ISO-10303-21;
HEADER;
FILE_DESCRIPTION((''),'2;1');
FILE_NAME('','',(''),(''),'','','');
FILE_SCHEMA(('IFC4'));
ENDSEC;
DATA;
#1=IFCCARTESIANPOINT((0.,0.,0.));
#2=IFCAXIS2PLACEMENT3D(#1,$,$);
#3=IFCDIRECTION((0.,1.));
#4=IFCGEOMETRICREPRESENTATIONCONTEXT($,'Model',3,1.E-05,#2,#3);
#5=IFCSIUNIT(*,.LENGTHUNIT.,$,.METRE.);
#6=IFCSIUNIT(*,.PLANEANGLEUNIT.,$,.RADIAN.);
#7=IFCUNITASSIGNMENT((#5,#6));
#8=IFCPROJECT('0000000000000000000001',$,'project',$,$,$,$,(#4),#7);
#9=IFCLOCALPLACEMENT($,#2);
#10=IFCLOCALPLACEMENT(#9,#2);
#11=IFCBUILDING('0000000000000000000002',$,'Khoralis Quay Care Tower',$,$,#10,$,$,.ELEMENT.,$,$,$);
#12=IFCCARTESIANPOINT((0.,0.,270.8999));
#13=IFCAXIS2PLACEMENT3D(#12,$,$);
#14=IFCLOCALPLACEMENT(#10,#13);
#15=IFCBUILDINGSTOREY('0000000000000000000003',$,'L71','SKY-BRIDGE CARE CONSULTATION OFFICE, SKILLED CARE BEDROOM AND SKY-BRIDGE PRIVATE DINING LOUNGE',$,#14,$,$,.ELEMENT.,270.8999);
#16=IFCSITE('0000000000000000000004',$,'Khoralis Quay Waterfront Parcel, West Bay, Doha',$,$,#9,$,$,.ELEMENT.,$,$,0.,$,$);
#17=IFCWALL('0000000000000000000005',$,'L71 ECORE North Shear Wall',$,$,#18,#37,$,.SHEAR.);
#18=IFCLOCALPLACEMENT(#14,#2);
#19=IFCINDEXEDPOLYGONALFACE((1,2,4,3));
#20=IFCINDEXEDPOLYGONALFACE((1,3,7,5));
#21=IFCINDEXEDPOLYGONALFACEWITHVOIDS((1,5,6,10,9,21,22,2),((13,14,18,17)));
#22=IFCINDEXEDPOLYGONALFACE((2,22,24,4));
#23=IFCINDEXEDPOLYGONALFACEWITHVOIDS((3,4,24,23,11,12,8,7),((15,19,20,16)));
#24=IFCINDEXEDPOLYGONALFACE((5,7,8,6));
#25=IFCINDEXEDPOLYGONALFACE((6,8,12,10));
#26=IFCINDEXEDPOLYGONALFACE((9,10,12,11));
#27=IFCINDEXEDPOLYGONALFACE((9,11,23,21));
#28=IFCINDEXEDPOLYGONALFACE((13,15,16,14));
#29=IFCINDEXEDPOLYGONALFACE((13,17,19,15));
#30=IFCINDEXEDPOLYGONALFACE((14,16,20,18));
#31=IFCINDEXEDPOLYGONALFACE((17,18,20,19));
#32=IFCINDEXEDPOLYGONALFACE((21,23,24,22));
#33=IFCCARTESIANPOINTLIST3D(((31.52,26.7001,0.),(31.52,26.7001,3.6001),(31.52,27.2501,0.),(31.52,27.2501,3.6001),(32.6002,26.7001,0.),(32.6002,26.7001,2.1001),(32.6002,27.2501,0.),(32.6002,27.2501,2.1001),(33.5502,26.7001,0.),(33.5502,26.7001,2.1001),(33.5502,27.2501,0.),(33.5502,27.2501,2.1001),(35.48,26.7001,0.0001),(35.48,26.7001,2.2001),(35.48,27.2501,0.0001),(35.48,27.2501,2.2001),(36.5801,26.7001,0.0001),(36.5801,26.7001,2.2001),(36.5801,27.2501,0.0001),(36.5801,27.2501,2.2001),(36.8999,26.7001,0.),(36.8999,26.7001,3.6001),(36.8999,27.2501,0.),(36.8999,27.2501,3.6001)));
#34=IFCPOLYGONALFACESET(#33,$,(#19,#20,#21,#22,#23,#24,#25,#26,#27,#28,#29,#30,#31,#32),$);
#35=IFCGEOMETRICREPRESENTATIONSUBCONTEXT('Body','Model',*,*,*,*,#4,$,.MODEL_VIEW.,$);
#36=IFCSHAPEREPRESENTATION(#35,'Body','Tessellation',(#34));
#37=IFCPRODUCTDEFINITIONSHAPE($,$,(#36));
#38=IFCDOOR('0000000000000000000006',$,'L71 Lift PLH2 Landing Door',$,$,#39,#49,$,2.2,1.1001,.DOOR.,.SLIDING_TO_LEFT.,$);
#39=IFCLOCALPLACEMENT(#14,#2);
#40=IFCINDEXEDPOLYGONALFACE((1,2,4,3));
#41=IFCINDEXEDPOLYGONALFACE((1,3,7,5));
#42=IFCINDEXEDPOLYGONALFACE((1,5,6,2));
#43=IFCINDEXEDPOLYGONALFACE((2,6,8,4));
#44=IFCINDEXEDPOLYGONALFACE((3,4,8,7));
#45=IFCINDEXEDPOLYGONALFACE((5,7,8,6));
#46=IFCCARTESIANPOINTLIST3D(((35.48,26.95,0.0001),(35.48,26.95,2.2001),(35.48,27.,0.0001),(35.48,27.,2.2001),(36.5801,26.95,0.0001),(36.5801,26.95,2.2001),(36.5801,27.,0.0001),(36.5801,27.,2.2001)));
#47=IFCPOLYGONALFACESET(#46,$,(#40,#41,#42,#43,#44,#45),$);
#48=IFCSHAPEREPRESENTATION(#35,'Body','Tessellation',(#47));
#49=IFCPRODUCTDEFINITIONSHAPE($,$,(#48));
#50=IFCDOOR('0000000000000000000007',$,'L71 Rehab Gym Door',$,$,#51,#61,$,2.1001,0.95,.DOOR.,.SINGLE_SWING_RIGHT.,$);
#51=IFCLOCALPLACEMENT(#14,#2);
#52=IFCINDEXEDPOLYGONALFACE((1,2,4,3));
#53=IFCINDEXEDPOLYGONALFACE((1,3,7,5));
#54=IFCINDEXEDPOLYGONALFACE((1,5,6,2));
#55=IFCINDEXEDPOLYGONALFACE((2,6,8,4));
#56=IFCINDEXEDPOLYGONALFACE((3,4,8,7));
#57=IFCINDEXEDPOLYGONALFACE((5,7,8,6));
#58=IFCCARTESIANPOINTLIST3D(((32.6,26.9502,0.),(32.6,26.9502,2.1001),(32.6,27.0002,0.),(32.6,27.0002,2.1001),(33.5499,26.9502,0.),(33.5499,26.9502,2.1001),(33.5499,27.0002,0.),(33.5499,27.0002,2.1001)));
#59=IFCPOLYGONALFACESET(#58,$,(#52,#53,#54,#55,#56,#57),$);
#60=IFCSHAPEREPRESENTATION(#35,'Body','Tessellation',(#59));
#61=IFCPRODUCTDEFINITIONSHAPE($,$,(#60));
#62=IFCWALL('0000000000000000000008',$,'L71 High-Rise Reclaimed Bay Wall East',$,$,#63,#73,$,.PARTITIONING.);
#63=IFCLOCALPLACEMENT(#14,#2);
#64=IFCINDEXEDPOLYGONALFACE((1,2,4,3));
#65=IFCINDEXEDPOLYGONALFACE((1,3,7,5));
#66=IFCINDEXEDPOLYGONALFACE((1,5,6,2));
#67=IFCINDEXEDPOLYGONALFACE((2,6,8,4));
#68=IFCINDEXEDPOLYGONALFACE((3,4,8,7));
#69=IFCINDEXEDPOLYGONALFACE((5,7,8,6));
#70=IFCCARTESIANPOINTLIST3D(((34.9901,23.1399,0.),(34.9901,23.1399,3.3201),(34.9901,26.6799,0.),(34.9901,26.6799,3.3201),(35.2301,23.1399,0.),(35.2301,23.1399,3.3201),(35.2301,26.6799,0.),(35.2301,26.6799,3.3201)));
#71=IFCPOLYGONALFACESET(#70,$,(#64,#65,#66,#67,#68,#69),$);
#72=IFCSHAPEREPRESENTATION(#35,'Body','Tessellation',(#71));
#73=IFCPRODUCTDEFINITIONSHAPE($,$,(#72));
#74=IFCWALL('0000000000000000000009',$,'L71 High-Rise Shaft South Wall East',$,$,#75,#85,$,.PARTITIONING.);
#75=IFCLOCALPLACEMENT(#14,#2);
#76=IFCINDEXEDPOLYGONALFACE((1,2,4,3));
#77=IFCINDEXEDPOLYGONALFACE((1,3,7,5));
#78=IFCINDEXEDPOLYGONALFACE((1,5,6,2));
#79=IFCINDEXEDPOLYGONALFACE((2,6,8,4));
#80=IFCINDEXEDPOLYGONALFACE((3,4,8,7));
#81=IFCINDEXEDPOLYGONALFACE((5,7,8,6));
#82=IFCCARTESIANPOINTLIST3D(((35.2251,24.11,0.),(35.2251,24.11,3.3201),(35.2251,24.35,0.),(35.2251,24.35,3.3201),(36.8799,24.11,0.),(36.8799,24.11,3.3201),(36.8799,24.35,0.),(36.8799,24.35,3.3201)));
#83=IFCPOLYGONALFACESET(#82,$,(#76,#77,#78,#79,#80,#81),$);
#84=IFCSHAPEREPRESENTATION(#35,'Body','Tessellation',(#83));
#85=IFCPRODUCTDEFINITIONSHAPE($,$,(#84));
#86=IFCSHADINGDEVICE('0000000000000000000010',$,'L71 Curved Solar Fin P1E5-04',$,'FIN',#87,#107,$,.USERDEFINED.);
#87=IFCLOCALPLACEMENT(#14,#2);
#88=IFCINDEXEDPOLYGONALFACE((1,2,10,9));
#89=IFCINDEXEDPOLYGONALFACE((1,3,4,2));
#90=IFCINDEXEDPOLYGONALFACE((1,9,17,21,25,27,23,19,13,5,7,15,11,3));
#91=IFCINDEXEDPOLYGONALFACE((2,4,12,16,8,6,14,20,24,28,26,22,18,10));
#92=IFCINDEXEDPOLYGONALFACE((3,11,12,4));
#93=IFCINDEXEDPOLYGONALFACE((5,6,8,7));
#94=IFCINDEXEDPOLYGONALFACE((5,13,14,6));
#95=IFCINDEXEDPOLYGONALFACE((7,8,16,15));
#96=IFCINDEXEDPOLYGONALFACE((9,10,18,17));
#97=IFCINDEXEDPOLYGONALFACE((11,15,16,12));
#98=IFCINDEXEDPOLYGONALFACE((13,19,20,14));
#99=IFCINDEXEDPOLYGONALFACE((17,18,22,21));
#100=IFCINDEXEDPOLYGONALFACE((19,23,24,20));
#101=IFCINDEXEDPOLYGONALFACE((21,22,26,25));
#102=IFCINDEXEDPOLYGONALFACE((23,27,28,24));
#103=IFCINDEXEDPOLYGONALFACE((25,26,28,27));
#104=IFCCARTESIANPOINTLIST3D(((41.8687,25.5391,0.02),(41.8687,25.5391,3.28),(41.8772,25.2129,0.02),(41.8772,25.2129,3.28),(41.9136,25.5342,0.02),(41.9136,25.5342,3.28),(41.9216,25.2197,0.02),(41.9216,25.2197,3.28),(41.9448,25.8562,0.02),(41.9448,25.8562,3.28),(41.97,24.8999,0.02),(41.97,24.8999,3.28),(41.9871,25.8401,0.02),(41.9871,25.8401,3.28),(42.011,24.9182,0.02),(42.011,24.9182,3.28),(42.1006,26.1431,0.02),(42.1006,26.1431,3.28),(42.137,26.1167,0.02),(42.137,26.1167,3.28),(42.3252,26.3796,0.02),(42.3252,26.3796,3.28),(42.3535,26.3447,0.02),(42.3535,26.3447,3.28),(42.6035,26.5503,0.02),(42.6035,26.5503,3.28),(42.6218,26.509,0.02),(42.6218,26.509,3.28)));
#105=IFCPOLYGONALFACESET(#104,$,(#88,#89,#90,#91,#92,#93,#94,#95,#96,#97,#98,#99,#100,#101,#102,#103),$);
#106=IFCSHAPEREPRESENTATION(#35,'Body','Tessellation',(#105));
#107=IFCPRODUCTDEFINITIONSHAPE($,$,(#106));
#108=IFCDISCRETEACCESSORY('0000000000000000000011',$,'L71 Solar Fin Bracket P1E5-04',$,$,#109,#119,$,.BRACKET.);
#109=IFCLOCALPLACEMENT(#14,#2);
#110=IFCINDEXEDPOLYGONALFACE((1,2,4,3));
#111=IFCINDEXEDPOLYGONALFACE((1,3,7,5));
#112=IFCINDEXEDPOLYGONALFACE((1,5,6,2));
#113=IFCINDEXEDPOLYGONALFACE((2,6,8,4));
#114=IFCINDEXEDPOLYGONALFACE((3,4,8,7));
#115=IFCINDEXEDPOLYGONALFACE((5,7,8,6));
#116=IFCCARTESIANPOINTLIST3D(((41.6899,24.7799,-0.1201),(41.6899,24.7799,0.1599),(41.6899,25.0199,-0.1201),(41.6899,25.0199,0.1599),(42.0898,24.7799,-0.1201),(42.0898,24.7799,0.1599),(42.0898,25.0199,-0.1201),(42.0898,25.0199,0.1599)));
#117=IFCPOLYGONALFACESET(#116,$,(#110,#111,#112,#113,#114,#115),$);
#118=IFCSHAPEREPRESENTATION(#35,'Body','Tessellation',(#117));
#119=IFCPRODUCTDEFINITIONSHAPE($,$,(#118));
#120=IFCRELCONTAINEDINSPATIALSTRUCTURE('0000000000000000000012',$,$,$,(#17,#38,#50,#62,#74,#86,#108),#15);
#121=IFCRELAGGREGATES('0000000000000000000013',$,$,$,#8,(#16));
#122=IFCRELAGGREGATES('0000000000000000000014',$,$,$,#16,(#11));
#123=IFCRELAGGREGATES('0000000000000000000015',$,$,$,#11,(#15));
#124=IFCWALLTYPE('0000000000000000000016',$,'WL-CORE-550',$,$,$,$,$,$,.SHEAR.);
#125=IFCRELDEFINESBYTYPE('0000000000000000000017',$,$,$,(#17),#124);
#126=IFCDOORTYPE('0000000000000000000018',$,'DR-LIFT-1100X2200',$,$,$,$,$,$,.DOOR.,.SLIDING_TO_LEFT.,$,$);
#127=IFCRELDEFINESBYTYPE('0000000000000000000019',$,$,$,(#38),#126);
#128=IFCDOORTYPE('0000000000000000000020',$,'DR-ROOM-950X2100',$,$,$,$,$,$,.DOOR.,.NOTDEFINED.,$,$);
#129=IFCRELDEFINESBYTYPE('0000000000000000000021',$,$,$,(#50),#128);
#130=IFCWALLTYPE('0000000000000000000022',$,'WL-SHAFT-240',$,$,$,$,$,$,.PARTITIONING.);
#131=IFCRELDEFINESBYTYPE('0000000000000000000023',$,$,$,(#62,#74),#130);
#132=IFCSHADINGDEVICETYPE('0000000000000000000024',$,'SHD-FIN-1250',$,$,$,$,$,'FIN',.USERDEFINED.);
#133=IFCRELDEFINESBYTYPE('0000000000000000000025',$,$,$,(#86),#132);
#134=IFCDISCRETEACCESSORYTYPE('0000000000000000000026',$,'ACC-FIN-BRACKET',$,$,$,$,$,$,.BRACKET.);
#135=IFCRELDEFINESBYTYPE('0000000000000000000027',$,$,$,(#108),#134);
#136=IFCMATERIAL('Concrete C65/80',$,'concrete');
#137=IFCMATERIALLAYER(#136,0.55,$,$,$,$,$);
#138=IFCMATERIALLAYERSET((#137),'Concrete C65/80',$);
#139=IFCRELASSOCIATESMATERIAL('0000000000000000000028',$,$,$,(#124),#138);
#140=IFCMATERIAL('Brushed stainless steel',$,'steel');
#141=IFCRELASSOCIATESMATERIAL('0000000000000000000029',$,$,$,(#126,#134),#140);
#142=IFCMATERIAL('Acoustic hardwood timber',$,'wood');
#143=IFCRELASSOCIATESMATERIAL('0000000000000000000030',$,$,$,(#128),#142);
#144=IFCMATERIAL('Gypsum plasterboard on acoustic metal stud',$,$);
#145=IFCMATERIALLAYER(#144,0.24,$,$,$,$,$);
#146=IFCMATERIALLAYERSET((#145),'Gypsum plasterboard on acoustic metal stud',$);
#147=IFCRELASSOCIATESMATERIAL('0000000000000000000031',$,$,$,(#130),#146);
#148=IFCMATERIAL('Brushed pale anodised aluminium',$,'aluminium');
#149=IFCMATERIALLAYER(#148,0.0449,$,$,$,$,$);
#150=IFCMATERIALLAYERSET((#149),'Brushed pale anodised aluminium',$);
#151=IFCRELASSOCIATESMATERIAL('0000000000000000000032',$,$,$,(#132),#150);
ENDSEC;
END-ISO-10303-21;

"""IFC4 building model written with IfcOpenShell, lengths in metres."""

from ifc_helpers import new_model, si_unit, direction, frame, frame_2d, origin, origin_2d, place, context, subcontext, project, spatial, polyline, rectangle, outline, extrude, source, transform, mapped, material, layer, layer_set, type_object, element, fill, save


model = new_model("IFC4")

# Units and contexts
model_context = context("Model", 3, precision=1e-05, world=origin(), true_north=direction((0.0, 1.0)))
body_context = subcontext(model_context, "Body", "Model", "MODEL_VIEW")
ifc_project = project(units=[si_unit("LENGTHUNIT", "METRE"), si_unit("PLANEANGLEUNIT", "RADIAN")], contexts=[model_context])

# Site, building, storey
site_placement = place(None, origin())
site = spatial("IfcSite", under=ifc_project, at=site_placement, Name="Khoralis Quay Waterfront Parcel, West Bay, Doha", CompositionType="ELEMENT", RefElevation=0.0)
building_placement = place(site_placement, origin())
building = spatial("IfcBuilding", under=site, at=building_placement, Name="Khoralis Quay Care Tower", CompositionType="ELEMENT")
storey_placement = place(building_placement, frame((0.0, 0.0, 270.8999)))
storey = spatial("IfcBuildingStorey", under=building, at=storey_placement, Name="L71", Description="SKY-BRIDGE CARE CONSULTATION OFFICE, SKILLED CARE BEDROOM AND SKY-BRIDGE PRIVATE DINING LOUNGE", CompositionType="ELEMENT", Elevation=270.8999)

# Wall, openings, doors
ifc_material_1 = material(Name="Concrete C65/80", Category="concrete")
ifc_layer_1 = layer(ifc_material_1, 0.55)
ifc_layer_set_1 = layer_set([ifc_layer_1], Name="Concrete C65/80")
wall_type_1 = type_object("IfcWallType", Name="WL-CORE-550", PredefinedType="SHEAR", material=ifc_layer_set_1)
wall_1_placement = place(storey_placement, frame((31.52, 26.9751, 0.0), z_axis=(0.0, 0.0, 1.0), x_axis=(1.0, 0.0, 0.0)))
wall_1 = element("IfcWall", 1, at=wall_1_placement, inside=storey, type_object=wall_type_1, Name="L71 ECORE North Shear Wall", PredefinedType="SHEAR", context=body_context, shape_type="SweptSolid", body=[
    extrude(rectangle(XDim=5.3799, YDim=0.55, at=frame_2d((2.6899, 0.0))), origin(), (0.0, 0.0, 1.0), 3.6001),
])
opening_1_placement = place(wall_1_placement, frame((1.0801, 0.0, 0.0)))
opening_1 = element("IfcOpeningElement", 2, at=opening_1_placement, cuts=wall_1, PredefinedType="OPENING", context=body_context, shape_type="SweptSolid", body=[
    extrude(rectangle(XDim=0.95, YDim=2.1001, at=frame_2d((0.4751, 1.05))), frame((0.0, 0.2852, 0.0), z_axis=(0.0, -1.0, 0.0), x_axis=(1.0, 0.0, 0.0)), (0.0, 0.0, 1.0), 0.5701),
])
opening_2_placement = place(wall_1_placement, frame((3.96, 0.0, 0.0)))
opening_2 = element("IfcOpeningElement", 3, at=opening_2_placement, cuts=wall_1, PredefinedType="OPENING", context=body_context, shape_type="SweptSolid", body=[
    extrude(rectangle(XDim=1.1001, YDim=2.2, at=frame_2d((0.55, 1.1001))), frame((0.0, 0.2852, 0.0), z_axis=(0.0, -1.0, 0.0), x_axis=(1.0, 0.0, 0.0)), (0.0, 0.0, 1.0), 0.5701),
])
ifc_material_2 = material(Name="Brushed stainless steel", Category="steel")
door_type_1 = type_object("IfcDoorType", Name="DR-LIFT-1100X2200", OperationType="SLIDING_TO_LEFT", PredefinedType="DOOR", material=ifc_material_2)
shared_shape_1 = source(origin(), body_context, "Body", "SweptSolid", [
    extrude(rectangle(XDim=1.1001, YDim=2.2, at=frame_2d((0.55, 1.1001))), frame((0.0, 0.0249, 0.0), z_axis=(0.0, -1.0, 0.0), x_axis=(1.0, 0.0, 0.0)), (0.0, 0.0, 1.0), 0.05),
])
door_1_placement = place(opening_2_placement, origin())
door_1 = element("IfcDoor", 4, at=door_1_placement, inside=storey, type_object=door_type_1, Name="L71 Lift PLH2 Landing Door", OperationType="SLIDING_TO_LEFT", OverallHeight=2.2, OverallWidth=1.1001, PredefinedType="DOOR", context=body_context, shape_type="MappedRepresentation", body=[
    mapped(shared_shape_1, transform((0.0, 0.0, 0.0), scale=1.0)),
])
fill(opening_2, door_1)
ifc_material_3 = material(Name="Acoustic hardwood timber", Category="wood")
door_type_2 = type_object("IfcDoorType", Name="DR-ROOM-950X2100", OperationType="NOTDEFINED", PredefinedType="DOOR", material=ifc_material_3)
shared_shape_2 = source(origin(), body_context, "Body", "SweptSolid", [
    extrude(rectangle(XDim=0.95, YDim=2.1001, at=frame_2d((0.4751, 1.05))), frame((0.0, 0.0249, 0.0), z_axis=(0.0, -1.0, 0.0), x_axis=(1.0, 0.0, 0.0)), (0.0, 0.0, 1.0), 0.05),
])
door_2_placement = place(opening_1_placement, frame((0.95, 0.0, 0.0), z_axis=(0.0, 0.0, 1.0), x_axis=(-1.0, 0.0, 0.0)))
door_2 = element("IfcDoor", 5, at=door_2_placement, inside=storey, type_object=door_type_2, Name="L71 Rehab Gym Door", OperationType="SINGLE_SWING_RIGHT", OverallHeight=2.1001, OverallWidth=0.95, PredefinedType="DOOR", context=body_context, shape_type="MappedRepresentation", body=[
    mapped(shared_shape_2, transform((0.0, 0.0, 0.0), scale=1.0)),
])
fill(opening_1, door_2)

# Walls
ifc_material_4 = material(Name="Gypsum plasterboard on acoustic metal stud")
ifc_layer_2 = layer(ifc_material_4, 0.24)
ifc_layer_set_2 = layer_set([ifc_layer_2], Name="Gypsum plasterboard on acoustic metal stud")
wall_type_2 = type_object("IfcWallType", Name="WL-SHAFT-240", PredefinedType="PARTITIONING", material=ifc_layer_set_2)
wall_2_placement = place(storey_placement, frame((35.1101, 23.1399, 0.0), z_axis=(0.0, 0.0, 1.0), x_axis=(0.0, 1.0, 0.0)))
element("IfcWall", 6, at=wall_2_placement, inside=storey, type_object=wall_type_2, Name="L71 High-Rise Reclaimed Bay Wall East", PredefinedType="PARTITIONING", context=body_context, shape_type="SweptSolid", body=[
    extrude(rectangle(XDim=3.54, YDim=0.24, at=frame_2d((1.77, 0.0))), origin(), (0.0, 0.0, 1.0), 3.3201),
])
wall_3_placement = place(storey_placement, frame((35.2251, 24.23, 0.0), z_axis=(0.0, 0.0, 1.0), x_axis=(1.0, 0.0, 0.0)))
element("IfcWall", 7, at=wall_3_placement, inside=storey, type_object=wall_type_2, Name="L71 High-Rise Shaft South Wall East", PredefinedType="PARTITIONING", context=body_context, shape_type="SweptSolid", body=[
    extrude(rectangle(XDim=1.6548, YDim=0.24, at=frame_2d((0.8274, 0.0))), origin(), (0.0, 0.0, 1.0), 3.3201),
])

# Shading device
ifc_material_5 = material(Name="Brushed pale anodised aluminium", Category="aluminium")
ifc_layer_3 = layer(ifc_material_5, 0.0449)
ifc_layer_set_3 = layer_set([ifc_layer_3], Name="Brushed pale anodised aluminium")
shading_device_type = type_object("IfcShadingDeviceType", Name="SHD-FIN-1250", ElementType="FIN", PredefinedType="USERDEFINED", material=ifc_layer_set_3)
shared_shape_3 = source(origin(), body_context, "Body", "SweptSolid", [
    extrude(outline(polyline([(0.0, 0.0), (-0.0928, 0.313), (-0.1013, 0.6392), (-0.0251, 0.9563), (0.1306, 1.2432), (0.3552, 1.4797), (0.6335, 1.6504), (0.6519, 1.6091), (0.3835, 1.4448), (0.167, 1.2168), (0.0171, 0.9402), (-0.0564, 0.6343), (-0.0483, 0.3198), (0.041, 0.0183), (0.0, 0.0)])), origin(), (0.0, 0.0, 1.0), 3.26),
])
shading_device_placement = place(storey_placement, frame((41.97, 24.8999, 0.02), z_axis=(0.0, 0.0, 1.0), x_axis=(1.0, 0.0, 0.0)))
element("IfcShadingDevice", 8, at=shading_device_placement, inside=storey, type_object=shading_device_type, Name="L71 Curved Solar Fin P1E5-04", ObjectType="FIN", PredefinedType="USERDEFINED", context=body_context, shape_type="MappedRepresentation", body=[
    mapped(shared_shape_3, transform((0.0, 0.0, 0.0), scale=1.0)),
])

# Discrete accessory
discrete_accessory_type = type_object("IfcDiscreteAccessoryType", Name="ACC-FIN-BRACKET", PredefinedType="BRACKET", material=ifc_material_2)
shared_shape_4 = source(origin(), body_context, "Body", "SweptSolid", [
    extrude(rectangle(XDim=0.3999, YDim=0.24, at=origin_2d()), origin(), (0.0, 0.0, 1.0), 0.28),
])
discrete_accessory_placement = place(storey_placement, frame((41.8899, 24.8999, -0.1201), z_axis=(0.0, 0.0, 1.0), x_axis=(1.0, 0.0, 0.0)))
element("IfcDiscreteAccessory", 9, at=discrete_accessory_placement, inside=storey, type_object=discrete_accessory_type, Name="L71 Solar Fin Bracket P1E5-04", PredefinedType="BRACKET", context=body_context, shape_type="MappedRepresentation", body=[
    mapped(shared_shape_4, transform((0.0, 0.0, 0.0), scale=1.0)),
])

save(model, "model.ifc")
